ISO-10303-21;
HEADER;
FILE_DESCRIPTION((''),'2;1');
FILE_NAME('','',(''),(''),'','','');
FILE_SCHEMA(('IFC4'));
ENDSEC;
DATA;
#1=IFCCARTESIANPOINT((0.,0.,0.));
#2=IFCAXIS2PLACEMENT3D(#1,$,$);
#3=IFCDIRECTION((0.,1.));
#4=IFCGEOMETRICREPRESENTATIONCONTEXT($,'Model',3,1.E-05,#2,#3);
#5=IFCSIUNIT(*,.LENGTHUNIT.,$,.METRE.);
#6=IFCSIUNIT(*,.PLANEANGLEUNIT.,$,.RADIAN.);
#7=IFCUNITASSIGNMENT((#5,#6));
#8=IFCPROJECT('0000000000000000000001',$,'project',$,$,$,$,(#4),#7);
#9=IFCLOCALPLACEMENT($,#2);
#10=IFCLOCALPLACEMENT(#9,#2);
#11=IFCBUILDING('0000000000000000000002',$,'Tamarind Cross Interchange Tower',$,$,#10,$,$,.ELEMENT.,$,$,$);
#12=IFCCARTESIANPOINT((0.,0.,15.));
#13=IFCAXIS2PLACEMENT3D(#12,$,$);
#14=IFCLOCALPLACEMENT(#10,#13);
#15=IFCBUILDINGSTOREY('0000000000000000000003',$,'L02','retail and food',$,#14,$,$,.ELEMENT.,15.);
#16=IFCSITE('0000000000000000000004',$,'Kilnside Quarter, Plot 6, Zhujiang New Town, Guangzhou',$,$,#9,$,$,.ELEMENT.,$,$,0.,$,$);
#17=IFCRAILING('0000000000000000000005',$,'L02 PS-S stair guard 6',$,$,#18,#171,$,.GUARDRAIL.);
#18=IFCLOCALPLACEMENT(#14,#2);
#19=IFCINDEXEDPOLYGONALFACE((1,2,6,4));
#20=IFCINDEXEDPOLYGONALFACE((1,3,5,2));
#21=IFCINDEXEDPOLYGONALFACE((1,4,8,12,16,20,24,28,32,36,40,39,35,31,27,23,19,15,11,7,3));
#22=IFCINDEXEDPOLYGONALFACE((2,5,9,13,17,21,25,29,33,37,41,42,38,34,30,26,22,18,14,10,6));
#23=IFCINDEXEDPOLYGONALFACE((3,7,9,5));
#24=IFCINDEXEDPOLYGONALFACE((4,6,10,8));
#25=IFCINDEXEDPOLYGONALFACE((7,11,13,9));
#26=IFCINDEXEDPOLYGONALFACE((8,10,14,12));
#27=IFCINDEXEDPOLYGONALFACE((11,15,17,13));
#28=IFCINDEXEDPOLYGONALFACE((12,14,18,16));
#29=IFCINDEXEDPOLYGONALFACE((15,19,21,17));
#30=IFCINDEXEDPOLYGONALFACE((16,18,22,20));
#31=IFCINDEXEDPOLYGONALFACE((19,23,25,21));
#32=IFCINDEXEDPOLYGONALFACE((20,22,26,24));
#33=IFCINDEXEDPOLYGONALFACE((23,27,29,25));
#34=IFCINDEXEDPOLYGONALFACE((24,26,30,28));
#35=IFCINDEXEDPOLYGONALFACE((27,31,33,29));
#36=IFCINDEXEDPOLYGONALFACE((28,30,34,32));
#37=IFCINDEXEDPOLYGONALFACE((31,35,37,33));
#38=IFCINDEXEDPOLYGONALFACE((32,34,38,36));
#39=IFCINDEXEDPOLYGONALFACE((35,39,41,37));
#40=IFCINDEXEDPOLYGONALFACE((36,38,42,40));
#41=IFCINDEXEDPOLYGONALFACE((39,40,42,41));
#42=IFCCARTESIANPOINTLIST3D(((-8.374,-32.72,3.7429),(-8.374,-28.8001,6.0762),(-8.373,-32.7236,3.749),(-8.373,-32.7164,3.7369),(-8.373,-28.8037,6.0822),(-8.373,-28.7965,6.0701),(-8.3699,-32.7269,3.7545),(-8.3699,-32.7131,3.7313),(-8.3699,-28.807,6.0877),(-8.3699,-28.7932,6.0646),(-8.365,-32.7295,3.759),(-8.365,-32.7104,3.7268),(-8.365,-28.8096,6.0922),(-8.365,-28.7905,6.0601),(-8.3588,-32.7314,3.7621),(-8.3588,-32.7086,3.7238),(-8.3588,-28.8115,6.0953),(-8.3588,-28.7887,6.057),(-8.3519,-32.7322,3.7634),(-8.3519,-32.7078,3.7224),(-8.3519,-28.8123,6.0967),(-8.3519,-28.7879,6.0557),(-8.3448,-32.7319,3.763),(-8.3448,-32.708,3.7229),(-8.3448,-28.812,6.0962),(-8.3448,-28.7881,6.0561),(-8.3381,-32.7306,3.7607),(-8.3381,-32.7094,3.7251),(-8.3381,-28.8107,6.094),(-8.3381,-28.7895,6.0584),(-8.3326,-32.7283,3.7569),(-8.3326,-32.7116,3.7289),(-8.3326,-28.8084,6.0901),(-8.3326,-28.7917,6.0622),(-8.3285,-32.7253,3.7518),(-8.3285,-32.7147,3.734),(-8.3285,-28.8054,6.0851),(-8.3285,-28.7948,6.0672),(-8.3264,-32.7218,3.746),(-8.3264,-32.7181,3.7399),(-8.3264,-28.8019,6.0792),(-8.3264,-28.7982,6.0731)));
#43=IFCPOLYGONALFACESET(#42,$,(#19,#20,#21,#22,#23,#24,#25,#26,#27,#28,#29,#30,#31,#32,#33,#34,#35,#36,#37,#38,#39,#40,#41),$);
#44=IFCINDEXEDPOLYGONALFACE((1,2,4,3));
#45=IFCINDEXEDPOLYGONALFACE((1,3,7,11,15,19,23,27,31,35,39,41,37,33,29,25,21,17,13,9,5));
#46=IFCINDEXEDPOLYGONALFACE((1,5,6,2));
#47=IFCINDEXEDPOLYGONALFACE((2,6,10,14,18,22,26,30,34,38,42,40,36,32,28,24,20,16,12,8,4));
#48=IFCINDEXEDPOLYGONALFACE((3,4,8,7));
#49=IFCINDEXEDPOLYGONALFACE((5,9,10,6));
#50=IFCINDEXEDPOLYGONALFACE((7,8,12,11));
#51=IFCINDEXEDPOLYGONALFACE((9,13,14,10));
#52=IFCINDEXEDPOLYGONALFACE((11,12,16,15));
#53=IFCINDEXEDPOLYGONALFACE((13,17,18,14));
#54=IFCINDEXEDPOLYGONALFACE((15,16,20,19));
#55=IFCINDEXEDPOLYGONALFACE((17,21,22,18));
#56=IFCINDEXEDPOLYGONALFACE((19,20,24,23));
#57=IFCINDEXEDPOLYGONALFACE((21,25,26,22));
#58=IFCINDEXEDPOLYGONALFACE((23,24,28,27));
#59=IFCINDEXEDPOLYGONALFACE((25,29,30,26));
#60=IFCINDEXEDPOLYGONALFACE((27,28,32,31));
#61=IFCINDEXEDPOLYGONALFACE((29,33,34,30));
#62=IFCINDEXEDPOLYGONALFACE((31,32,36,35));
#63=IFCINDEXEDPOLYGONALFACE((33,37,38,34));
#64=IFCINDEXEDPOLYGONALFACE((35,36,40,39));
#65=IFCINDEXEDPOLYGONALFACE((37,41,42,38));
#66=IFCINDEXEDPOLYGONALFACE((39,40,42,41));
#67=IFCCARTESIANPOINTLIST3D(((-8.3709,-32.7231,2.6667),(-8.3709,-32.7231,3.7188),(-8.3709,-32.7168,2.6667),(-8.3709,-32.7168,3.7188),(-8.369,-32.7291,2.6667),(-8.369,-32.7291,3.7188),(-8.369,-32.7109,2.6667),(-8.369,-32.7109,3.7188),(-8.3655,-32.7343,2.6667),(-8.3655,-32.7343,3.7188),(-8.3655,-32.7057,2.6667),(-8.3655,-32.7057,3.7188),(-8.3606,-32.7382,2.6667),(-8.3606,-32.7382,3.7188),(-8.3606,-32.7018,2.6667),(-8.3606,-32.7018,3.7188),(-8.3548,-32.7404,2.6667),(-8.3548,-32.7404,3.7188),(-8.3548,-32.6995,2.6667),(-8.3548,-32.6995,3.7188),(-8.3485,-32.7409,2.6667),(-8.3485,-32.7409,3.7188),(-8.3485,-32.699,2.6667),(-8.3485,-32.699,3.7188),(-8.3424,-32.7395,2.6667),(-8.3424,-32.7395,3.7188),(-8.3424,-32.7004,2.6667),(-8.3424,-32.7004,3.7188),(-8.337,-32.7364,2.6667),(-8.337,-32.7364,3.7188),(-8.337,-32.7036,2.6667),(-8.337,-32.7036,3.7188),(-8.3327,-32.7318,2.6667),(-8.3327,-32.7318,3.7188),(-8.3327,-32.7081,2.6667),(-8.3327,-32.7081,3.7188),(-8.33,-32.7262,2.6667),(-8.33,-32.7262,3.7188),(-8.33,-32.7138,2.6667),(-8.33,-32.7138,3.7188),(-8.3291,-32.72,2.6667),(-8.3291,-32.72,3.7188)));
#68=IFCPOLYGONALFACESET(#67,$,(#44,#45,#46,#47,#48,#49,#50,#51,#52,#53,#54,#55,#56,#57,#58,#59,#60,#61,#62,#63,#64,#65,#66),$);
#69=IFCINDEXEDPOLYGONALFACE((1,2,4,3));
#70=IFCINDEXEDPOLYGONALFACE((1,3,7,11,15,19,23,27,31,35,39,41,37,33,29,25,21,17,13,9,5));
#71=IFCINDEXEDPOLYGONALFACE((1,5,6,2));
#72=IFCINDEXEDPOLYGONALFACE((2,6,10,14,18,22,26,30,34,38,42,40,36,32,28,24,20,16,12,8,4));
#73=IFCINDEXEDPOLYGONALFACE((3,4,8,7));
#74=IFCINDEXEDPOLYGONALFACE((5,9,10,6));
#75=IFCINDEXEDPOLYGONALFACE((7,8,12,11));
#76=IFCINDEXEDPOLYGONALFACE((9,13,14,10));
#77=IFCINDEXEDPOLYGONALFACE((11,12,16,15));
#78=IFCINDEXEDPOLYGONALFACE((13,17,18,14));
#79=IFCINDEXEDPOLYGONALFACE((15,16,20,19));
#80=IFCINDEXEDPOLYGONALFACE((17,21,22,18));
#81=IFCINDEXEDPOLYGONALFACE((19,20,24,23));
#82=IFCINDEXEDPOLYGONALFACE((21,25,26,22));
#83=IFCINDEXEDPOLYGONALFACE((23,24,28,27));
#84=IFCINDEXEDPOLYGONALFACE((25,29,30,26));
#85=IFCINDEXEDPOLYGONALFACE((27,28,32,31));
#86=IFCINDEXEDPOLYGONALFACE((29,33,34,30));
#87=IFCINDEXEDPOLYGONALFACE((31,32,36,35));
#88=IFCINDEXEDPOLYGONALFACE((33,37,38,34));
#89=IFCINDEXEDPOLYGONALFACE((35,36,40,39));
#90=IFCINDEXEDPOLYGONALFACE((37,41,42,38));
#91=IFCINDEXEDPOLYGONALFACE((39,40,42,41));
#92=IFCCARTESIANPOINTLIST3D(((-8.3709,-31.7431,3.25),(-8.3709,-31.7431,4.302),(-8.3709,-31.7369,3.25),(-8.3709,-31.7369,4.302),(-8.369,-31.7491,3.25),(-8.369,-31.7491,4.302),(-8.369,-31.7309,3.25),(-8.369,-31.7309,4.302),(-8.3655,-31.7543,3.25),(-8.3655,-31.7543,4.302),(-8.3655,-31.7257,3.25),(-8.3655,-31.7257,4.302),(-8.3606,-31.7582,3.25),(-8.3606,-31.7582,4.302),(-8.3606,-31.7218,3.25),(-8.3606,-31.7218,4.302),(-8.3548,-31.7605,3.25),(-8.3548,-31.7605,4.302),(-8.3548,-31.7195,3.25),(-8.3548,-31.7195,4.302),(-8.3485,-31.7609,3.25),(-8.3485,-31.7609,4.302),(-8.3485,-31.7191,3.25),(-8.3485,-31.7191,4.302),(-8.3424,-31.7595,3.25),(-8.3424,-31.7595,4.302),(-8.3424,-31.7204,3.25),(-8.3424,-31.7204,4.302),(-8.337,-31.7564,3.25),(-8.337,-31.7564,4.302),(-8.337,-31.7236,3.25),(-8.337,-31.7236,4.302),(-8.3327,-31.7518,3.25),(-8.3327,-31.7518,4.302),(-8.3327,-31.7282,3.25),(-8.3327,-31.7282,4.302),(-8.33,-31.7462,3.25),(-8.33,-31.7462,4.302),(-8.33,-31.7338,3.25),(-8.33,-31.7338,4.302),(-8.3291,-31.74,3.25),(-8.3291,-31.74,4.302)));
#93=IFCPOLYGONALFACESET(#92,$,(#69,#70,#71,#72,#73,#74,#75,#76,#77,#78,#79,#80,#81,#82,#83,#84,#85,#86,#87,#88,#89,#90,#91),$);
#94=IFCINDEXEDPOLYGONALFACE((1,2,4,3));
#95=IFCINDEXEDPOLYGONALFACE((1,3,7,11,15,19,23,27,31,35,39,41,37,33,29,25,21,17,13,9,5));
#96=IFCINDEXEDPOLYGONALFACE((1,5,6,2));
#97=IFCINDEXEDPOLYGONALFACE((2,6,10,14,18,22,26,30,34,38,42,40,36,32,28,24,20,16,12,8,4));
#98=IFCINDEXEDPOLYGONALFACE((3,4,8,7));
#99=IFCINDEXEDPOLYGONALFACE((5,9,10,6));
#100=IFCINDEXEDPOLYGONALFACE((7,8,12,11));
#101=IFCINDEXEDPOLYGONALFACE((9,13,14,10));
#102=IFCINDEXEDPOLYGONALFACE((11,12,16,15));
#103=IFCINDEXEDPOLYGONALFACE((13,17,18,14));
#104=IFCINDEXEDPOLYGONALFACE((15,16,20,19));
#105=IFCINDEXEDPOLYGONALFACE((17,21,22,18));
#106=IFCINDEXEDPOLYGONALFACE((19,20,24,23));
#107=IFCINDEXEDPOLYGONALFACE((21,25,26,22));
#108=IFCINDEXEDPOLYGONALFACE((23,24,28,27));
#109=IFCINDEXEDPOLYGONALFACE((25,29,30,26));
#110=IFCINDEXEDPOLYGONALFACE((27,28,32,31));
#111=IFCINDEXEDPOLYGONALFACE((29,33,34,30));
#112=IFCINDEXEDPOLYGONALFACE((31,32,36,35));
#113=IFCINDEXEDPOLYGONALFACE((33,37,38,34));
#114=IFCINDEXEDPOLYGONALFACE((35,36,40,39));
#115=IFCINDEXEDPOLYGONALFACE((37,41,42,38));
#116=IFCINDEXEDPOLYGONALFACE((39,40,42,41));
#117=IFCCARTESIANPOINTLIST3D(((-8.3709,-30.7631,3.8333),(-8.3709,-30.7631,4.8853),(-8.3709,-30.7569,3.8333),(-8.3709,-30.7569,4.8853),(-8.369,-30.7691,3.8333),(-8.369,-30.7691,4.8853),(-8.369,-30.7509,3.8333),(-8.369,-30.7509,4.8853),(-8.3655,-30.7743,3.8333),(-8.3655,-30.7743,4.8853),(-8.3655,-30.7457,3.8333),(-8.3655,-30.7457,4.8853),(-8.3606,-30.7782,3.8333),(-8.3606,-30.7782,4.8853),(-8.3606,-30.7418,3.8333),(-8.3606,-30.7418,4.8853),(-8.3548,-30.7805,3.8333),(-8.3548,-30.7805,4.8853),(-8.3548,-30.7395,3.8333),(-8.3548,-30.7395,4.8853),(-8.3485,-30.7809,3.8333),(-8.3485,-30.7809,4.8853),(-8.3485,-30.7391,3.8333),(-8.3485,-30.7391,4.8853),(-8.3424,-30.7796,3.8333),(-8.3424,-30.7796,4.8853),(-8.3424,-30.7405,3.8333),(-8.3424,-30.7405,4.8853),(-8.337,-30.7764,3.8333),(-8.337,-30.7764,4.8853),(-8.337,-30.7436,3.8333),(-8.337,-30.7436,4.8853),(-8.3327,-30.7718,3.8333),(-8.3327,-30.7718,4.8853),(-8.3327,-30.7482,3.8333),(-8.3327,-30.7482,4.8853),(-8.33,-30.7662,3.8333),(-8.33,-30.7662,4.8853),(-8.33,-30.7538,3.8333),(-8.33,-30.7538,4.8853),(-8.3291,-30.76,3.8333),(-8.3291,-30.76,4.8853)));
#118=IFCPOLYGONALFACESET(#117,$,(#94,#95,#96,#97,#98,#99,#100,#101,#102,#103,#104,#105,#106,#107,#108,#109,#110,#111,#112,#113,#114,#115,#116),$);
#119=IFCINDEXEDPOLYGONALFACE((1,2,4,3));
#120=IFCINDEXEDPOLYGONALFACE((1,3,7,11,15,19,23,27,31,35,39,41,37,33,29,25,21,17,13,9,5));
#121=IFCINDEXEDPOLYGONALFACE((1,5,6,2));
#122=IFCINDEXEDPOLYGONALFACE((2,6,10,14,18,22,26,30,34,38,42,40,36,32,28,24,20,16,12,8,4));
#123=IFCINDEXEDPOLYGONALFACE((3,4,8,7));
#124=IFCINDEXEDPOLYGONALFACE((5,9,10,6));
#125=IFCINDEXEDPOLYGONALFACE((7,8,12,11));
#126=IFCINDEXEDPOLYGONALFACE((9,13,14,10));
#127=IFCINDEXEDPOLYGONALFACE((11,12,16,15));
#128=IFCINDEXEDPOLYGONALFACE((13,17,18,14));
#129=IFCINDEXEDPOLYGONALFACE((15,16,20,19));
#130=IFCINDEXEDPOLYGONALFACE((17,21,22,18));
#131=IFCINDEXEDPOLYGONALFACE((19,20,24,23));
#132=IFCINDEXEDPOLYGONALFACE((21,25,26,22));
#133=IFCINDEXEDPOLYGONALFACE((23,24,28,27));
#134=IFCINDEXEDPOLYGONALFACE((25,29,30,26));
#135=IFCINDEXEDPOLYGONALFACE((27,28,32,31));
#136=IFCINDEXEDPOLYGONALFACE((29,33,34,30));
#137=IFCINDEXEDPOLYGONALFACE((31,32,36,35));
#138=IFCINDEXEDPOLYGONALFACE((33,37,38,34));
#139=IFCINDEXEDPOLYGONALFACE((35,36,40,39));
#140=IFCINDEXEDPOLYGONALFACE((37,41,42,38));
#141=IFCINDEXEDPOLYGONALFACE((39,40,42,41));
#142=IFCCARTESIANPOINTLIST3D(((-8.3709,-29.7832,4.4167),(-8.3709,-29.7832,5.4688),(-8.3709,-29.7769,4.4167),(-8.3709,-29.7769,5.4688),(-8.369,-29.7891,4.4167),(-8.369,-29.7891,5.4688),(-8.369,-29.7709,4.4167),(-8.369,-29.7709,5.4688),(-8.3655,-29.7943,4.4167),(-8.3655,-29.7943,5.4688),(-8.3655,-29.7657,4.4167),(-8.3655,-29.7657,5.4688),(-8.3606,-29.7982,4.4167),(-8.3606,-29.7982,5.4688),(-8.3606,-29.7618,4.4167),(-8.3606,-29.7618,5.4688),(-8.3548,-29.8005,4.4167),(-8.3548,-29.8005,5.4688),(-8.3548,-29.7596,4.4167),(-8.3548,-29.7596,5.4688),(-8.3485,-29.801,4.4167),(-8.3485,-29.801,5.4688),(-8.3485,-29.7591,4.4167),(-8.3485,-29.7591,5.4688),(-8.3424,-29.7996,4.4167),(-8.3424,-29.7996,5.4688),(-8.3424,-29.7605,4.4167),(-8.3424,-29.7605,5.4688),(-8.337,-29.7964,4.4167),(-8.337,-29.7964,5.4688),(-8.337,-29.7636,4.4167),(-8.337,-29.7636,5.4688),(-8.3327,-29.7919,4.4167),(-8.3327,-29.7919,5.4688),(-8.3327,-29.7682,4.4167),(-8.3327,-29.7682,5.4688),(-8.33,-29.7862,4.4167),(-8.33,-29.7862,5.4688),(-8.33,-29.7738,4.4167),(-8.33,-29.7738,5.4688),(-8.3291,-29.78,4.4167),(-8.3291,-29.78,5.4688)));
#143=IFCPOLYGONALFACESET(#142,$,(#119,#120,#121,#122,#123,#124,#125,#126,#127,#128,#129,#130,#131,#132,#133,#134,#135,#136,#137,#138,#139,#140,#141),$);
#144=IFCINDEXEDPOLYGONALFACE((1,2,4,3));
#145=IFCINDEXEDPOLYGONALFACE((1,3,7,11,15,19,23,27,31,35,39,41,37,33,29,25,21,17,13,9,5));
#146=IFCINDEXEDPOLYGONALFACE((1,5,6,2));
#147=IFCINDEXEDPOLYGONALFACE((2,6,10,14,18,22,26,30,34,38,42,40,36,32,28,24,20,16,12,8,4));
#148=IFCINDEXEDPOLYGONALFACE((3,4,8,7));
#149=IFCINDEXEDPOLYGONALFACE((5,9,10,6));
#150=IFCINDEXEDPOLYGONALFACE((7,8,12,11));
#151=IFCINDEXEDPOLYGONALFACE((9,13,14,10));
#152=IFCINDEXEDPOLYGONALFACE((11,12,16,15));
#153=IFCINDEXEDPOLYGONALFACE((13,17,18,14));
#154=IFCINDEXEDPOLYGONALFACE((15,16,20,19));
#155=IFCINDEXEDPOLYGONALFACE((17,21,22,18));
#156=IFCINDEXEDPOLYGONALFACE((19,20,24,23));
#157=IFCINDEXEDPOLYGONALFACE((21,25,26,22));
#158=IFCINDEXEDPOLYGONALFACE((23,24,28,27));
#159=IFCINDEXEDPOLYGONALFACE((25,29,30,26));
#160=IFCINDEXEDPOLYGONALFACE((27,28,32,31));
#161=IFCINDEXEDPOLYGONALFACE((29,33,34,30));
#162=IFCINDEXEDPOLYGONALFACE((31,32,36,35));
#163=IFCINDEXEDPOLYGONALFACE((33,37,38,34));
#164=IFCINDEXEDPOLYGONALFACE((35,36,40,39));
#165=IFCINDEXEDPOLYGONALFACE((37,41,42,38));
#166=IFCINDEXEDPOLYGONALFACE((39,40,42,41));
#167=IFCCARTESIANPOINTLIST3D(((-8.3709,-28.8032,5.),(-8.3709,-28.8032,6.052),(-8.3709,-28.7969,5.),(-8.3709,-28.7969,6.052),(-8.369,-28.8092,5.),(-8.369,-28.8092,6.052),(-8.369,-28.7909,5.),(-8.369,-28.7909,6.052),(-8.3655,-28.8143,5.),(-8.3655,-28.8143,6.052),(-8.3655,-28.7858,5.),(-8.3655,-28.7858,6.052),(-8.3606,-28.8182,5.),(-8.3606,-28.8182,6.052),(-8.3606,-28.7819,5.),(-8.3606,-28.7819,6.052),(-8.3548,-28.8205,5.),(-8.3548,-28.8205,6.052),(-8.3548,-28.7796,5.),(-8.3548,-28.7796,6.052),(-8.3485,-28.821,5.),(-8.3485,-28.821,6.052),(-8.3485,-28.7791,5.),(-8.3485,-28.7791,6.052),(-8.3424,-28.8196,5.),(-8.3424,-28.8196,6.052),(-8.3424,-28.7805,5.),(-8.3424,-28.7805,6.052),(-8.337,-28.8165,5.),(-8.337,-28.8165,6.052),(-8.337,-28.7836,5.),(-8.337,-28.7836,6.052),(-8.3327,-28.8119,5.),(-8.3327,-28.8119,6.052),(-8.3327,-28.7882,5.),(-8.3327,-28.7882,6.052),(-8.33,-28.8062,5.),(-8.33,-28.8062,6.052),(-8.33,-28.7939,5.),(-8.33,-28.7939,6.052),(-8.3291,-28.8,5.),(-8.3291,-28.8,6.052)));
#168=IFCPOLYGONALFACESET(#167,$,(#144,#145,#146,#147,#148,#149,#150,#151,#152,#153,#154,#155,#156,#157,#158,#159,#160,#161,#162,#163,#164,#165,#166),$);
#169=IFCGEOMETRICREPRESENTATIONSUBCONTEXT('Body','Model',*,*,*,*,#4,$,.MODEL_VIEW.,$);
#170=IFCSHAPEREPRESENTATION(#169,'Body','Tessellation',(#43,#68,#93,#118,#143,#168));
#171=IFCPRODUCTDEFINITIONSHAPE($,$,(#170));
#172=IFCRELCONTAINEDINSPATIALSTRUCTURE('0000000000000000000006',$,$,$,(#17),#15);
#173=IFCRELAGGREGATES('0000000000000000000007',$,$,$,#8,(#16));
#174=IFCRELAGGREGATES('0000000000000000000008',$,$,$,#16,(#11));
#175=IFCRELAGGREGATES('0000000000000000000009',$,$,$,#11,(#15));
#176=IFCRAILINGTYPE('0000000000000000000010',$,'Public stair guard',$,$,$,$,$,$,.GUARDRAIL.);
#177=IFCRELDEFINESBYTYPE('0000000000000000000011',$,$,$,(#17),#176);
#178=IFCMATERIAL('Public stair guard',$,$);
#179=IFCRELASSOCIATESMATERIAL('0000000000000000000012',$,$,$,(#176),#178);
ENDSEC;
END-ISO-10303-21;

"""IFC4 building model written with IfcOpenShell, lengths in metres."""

from ifc_helpers import new_model, si_unit, direction, frame, origin, origin_2d, place, context, subcontext, project, spatial, circle, extrude, material, type_object, element, save


model = new_model("IFC4")

# Units and contexts
model_context = context("Model", 3, precision=1e-05, world=origin(), true_north=direction((0.0, 1.0)))
body_context = subcontext(model_context, "Body", "Model", "MODEL_VIEW")
ifc_project = project(units=[si_unit("LENGTHUNIT", "METRE"), si_unit("PLANEANGLEUNIT", "RADIAN")], contexts=[model_context])

# Site, building, storey
site_placement = place(None, origin())
site = spatial("IfcSite", under=ifc_project, at=site_placement, Name="Kilnside Quarter, Plot 6, Zhujiang New Town, Guangzhou", CompositionType="ELEMENT", RefElevation=0.0)
building_placement = place(site_placement, origin())
building = spatial("IfcBuilding", under=site, at=building_placement, Name="Tamarind Cross Interchange Tower", CompositionType="ELEMENT")
storey_placement = place(building_placement, frame((0.0, 0.0, 15.0)))
storey = spatial("IfcBuildingStorey", under=building, at=storey_placement, Name="L02", Description="retail and food", CompositionType="ELEMENT", Elevation=15.0)

# Railing
ifc_material_1 = material(Name="Public stair guard")
railing_type_1 = type_object("IfcRailingType", Name="Public stair guard", PredefinedType="GUARDRAIL", material=ifc_material_1)
railing_1_placement = place(storey_placement, frame((-8.3501, -32.72, 2.6667)))
element("IfcRailing", 1, at=railing_1_placement, inside=storey, type_object=railing_type_1, Name="L02 PS-S stair guard 6", PredefinedType="GUARDRAIL", context=body_context, shape_type="SweptSolid", body=[
    extrude(circle(Radius=0.0239, at=origin_2d()), frame((0.0, 0.0, 1.0762), z_axis=(0.0, 0.859296, 0.511478), x_axis=(-1.0, 0.0, 0.0)), (0.0, 0.0, 1.0), 4.5618),
    extrude(circle(Radius=0.021, at=origin_2d()), origin(), (0.0, 0.0, 1.0), 1.052),
    extrude(circle(Radius=0.021, at=origin_2d()), frame((0.0, 0.98, 0.5833)), (0.0, 0.0, 1.0), 1.052),
    extrude(circle(Radius=0.021, at=origin_2d()), frame((0.0, 1.96, 1.1665)), (0.0, 0.0, 1.0), 1.052),
    extrude(circle(Radius=0.021, at=origin_2d()), frame((0.0, 2.9399, 1.75)), (0.0, 0.0, 1.0), 1.052),
    extrude(circle(Radius=0.021, at=origin_2d()), frame((0.0, 3.9199, 2.3333)), (0.0, 0.0, 1.0), 1.052),
])

save(model, "model.ifc")
